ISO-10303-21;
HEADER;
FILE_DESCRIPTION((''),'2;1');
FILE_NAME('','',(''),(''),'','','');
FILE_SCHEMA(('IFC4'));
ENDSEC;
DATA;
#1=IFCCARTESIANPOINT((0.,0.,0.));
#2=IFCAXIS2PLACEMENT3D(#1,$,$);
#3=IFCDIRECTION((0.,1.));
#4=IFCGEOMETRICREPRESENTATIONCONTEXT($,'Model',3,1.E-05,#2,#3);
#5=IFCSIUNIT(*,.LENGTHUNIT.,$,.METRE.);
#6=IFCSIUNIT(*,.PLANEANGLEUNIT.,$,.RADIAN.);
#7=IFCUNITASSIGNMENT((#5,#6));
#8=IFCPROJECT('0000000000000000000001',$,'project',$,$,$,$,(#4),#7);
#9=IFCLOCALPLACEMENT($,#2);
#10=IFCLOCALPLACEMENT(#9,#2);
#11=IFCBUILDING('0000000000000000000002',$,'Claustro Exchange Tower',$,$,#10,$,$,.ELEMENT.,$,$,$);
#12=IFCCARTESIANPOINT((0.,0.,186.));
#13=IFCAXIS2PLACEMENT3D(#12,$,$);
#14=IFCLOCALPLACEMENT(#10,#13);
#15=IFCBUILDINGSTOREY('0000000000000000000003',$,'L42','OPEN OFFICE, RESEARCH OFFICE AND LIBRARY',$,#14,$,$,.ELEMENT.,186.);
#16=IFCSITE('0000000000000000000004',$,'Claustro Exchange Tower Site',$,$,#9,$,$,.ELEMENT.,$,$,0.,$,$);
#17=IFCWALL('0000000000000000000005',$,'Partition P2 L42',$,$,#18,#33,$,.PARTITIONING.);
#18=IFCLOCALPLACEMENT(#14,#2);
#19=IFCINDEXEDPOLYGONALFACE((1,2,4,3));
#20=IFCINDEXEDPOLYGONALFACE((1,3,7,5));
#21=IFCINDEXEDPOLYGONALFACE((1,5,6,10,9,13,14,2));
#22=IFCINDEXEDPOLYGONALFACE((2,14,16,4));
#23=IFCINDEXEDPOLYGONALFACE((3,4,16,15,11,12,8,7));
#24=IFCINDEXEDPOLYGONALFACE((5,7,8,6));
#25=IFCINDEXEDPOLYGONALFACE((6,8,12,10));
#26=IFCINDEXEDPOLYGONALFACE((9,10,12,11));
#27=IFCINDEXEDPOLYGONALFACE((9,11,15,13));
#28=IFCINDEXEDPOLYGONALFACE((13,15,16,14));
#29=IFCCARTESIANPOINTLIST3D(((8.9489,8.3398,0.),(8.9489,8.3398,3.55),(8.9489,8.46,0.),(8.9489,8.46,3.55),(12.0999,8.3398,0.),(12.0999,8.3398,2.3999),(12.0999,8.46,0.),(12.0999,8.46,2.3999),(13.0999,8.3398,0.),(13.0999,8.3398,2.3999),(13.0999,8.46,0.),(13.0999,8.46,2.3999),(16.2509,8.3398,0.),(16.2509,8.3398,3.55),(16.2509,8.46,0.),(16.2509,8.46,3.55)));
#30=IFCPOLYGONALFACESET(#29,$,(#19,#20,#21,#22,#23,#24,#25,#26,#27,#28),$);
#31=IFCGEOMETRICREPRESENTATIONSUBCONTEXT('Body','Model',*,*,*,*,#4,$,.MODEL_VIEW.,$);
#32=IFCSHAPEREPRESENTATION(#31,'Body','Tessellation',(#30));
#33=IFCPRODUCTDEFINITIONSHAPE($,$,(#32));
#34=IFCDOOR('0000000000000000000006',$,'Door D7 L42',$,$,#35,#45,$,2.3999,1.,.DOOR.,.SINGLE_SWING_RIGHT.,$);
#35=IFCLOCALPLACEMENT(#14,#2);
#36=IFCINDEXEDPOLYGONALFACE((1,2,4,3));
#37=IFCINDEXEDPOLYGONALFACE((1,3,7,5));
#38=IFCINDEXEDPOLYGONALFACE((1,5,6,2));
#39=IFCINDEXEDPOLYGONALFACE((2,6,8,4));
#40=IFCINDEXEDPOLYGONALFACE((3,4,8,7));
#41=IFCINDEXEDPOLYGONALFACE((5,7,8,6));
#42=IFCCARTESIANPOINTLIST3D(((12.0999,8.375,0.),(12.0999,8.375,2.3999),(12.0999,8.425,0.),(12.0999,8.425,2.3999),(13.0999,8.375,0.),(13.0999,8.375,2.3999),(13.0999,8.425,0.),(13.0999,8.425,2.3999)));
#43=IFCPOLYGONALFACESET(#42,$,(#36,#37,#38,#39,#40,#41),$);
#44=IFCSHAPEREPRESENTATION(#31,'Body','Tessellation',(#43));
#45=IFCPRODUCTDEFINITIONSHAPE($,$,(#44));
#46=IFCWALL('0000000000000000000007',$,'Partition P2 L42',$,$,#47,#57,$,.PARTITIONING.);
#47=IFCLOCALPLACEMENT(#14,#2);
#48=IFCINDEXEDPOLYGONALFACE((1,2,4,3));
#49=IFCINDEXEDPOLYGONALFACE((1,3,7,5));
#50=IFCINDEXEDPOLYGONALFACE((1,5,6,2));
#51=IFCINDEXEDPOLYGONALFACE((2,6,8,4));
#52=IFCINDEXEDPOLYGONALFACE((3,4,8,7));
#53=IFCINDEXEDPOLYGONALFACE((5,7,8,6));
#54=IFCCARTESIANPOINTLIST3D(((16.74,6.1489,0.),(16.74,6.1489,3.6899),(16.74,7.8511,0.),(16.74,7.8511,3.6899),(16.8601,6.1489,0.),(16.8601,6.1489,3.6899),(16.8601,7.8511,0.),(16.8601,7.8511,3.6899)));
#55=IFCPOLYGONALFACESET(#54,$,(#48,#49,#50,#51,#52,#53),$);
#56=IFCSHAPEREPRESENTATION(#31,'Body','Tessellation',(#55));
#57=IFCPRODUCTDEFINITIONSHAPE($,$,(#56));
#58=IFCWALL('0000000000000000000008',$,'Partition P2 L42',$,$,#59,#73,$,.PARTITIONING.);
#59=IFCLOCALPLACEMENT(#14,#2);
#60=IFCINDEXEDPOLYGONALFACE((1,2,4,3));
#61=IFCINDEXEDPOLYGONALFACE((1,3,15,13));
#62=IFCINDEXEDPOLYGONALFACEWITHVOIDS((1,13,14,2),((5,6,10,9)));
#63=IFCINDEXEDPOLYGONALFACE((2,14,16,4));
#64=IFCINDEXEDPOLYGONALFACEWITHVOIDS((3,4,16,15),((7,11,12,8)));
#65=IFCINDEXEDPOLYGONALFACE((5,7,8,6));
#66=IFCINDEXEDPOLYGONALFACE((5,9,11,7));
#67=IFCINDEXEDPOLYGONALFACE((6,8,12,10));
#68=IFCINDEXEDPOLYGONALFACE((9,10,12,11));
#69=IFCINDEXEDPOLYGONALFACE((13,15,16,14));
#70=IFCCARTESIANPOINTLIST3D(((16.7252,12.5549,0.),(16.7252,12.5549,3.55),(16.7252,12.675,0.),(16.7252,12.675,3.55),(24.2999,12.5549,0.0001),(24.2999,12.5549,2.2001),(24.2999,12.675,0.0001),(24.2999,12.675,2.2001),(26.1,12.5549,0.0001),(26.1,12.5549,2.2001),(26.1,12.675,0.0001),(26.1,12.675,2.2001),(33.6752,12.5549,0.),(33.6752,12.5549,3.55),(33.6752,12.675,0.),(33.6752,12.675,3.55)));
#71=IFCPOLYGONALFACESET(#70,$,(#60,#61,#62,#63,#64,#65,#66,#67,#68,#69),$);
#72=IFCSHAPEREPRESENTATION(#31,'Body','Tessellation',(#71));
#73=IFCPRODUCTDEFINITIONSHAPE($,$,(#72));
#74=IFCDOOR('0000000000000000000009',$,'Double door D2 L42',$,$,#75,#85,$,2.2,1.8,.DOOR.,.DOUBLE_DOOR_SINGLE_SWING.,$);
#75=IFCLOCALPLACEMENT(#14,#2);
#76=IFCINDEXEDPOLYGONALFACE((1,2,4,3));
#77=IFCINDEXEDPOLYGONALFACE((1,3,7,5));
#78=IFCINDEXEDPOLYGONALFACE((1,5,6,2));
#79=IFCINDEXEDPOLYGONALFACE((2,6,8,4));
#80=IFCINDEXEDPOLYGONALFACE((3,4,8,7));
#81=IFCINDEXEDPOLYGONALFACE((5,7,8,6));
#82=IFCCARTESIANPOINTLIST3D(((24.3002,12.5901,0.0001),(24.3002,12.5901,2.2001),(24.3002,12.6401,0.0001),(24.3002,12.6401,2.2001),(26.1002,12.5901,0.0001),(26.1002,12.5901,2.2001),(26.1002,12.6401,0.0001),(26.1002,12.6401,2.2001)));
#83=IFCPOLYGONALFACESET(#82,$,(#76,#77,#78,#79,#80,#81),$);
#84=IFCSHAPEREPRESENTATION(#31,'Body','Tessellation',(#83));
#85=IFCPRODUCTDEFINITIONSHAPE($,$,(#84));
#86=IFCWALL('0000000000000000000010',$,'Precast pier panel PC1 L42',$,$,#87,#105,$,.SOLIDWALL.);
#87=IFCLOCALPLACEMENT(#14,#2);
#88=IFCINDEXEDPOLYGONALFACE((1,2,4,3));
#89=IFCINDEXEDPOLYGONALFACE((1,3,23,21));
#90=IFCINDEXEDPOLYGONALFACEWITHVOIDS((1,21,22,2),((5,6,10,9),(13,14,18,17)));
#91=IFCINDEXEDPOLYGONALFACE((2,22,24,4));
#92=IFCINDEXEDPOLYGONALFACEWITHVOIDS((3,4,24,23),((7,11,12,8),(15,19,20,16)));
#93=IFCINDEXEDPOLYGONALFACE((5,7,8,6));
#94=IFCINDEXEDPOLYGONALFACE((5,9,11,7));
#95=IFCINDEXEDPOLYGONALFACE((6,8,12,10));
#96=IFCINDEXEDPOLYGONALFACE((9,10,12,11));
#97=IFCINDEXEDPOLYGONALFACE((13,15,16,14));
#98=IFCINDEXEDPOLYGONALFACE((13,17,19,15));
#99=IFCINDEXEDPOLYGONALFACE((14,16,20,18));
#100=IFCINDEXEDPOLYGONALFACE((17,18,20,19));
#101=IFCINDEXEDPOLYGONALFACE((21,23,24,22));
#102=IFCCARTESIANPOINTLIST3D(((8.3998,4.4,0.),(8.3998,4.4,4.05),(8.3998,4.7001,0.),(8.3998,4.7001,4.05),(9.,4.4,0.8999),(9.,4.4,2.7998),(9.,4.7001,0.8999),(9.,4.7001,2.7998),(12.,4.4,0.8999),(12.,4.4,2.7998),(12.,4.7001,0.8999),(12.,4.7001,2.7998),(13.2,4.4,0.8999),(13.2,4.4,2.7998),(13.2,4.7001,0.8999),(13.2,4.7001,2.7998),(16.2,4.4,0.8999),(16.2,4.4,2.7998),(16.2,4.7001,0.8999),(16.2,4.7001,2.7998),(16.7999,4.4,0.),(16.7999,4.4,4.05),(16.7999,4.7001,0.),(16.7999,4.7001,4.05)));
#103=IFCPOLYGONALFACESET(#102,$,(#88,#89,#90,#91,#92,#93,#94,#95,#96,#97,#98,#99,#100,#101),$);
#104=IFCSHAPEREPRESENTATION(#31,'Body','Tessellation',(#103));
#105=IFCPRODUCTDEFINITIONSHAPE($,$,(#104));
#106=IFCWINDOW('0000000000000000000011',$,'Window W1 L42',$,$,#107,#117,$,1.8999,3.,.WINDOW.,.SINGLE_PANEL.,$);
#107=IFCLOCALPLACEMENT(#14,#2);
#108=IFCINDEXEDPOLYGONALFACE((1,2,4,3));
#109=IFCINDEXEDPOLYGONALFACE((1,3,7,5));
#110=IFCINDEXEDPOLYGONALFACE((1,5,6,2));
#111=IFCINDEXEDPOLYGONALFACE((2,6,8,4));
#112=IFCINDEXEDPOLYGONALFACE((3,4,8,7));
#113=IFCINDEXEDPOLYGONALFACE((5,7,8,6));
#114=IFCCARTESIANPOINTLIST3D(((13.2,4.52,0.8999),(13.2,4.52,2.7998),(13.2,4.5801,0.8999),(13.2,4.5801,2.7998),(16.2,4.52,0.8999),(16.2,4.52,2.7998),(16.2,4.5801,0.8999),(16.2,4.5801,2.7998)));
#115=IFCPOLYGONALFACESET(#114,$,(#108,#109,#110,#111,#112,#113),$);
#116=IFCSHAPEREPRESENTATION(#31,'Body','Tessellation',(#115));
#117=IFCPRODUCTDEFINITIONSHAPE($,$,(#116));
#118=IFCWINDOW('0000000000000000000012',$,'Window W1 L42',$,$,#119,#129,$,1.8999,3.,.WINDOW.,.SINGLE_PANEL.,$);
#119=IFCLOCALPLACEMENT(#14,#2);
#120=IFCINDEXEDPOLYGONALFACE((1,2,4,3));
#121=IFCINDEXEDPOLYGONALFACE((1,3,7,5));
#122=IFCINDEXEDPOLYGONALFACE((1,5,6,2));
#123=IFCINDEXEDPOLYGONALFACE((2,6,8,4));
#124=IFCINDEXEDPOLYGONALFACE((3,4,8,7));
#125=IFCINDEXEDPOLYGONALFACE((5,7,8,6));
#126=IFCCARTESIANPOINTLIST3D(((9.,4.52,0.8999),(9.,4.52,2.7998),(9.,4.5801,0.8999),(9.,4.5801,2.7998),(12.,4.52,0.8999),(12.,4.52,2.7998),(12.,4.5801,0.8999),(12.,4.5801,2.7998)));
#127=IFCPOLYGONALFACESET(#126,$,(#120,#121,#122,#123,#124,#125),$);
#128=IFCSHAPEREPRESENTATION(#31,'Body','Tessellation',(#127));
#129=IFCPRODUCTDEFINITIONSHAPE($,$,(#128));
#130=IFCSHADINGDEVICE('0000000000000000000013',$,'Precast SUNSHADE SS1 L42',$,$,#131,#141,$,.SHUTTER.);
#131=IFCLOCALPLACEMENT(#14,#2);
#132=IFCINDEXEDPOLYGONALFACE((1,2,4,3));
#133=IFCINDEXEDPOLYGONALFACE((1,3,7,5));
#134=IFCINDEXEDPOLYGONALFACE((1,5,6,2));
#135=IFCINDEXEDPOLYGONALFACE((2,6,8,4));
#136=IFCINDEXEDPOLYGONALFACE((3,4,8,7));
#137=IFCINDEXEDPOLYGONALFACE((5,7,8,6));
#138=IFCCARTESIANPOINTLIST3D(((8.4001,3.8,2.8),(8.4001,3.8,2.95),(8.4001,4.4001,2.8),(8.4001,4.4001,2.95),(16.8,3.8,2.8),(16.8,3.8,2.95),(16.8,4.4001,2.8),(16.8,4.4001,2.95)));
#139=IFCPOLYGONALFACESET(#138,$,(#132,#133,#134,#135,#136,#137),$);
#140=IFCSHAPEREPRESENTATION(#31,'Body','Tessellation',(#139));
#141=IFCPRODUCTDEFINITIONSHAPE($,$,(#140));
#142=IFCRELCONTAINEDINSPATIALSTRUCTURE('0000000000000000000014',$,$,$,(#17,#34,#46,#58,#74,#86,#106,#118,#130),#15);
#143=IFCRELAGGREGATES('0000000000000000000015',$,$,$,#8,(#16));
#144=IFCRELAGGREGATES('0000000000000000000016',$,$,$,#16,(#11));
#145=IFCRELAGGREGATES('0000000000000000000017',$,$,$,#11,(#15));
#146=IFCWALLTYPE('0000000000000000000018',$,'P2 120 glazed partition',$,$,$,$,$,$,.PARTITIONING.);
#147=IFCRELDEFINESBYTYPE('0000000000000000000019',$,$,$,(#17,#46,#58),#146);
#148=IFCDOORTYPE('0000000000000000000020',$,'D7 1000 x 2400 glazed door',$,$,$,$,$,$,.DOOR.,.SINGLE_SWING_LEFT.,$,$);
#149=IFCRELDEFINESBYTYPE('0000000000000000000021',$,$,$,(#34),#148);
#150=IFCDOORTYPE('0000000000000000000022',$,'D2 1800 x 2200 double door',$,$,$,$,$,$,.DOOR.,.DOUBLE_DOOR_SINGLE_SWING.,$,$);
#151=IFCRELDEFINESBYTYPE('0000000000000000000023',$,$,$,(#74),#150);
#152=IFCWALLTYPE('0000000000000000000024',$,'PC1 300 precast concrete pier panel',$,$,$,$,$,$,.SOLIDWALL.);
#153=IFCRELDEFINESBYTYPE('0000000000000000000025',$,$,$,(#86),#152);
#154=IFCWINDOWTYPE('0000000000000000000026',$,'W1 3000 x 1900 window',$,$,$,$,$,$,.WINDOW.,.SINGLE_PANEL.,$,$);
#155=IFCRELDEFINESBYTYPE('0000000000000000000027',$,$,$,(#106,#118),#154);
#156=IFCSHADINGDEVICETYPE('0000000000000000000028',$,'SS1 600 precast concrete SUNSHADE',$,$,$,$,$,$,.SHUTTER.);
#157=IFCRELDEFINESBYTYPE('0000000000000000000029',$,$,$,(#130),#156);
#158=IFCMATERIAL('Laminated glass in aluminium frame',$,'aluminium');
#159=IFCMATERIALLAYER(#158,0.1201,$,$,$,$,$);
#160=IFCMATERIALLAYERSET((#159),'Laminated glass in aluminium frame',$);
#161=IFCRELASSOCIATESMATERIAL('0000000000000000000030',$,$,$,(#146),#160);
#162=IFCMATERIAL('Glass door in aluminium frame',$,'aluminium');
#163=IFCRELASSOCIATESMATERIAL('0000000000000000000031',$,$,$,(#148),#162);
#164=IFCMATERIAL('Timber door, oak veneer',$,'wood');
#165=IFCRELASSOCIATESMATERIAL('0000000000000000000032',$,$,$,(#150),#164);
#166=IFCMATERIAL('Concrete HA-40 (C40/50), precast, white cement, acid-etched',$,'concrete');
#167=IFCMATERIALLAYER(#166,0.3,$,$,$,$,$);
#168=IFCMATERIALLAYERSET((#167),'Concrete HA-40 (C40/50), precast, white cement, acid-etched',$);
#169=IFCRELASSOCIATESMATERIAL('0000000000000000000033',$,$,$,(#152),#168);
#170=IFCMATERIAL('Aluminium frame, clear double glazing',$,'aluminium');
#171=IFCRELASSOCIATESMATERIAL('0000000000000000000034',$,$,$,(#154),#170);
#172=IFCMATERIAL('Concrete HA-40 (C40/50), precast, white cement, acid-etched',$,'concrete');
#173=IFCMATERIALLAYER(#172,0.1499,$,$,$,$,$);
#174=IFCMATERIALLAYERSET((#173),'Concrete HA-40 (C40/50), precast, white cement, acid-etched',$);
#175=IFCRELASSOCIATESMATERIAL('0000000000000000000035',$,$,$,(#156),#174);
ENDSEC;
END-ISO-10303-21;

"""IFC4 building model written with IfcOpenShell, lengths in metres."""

from ifc_helpers import new_model, si_unit, direction, frame, frame_2d, origin, origin_2d, place, context, subcontext, project, spatial, rectangle, extrude, material, layer, layer_set, type_object, element, fill, save


model = new_model("IFC4")

# Units and contexts
model_context = context("Model", 3, precision=1e-05, world=origin(), true_north=direction((0.0, 1.0)))
body_context = subcontext(model_context, "Body", "Model", "MODEL_VIEW")
ifc_project = project(units=[si_unit("LENGTHUNIT", "METRE"), si_unit("PLANEANGLEUNIT", "RADIAN")], contexts=[model_context])

# Site, building, storey
site_placement = place(None, origin())
site = spatial("IfcSite", under=ifc_project, at=site_placement, Name="Claustro Exchange Tower Site", CompositionType="ELEMENT", RefElevation=0.0)
building_placement = place(site_placement, origin())
building = spatial("IfcBuilding", under=site, at=building_placement, Name="Claustro Exchange Tower", CompositionType="ELEMENT")
storey_placement = place(building_placement, frame((0.0, 0.0, 186.0)))
storey = spatial("IfcBuildingStorey", under=building, at=storey_placement, Name="L42", Description="OPEN OFFICE, RESEARCH OFFICE AND LIBRARY", CompositionType="ELEMENT", Elevation=186.0)

# Wall, opening, door
ifc_material_1 = material(Name="Laminated glass in aluminium frame", Category="aluminium")
ifc_layer_1 = layer(ifc_material_1, 0.1201)
ifc_layer_set_1 = layer_set([ifc_layer_1], Name="Laminated glass in aluminium frame")
wall_type_1 = type_object("IfcWallType", Name="P2 120 glazed partition", PredefinedType="PARTITIONING", material=ifc_layer_set_1)
wall_1_placement = place(storey_placement, frame((8.949, 8.3999, 0.0), z_axis=(0.0, 0.0, 1.0), x_axis=(1.0, 0.0, 0.0)))
wall_1 = element("IfcWall", 1, at=wall_1_placement, inside=storey, type_object=wall_type_1, Name="Partition P2 L42", PredefinedType="PARTITIONING", context=body_context, shape_type="SweptSolid", body=[
    extrude(rectangle(XDim=7.302, YDim=0.1201, at=frame_2d((3.6509, 0.0))), origin(), (0.0, 0.0, 1.0), 3.55),
])
opening_1_placement = place(wall_1_placement, frame((3.1509, 0.0, 0.0)))
opening_1 = element("IfcOpeningElement", 2, at=opening_1_placement, cuts=wall_1, PredefinedType="OPENING", context=body_context, shape_type="SweptSolid", body=[
    extrude(rectangle(XDim=1.0, YDim=2.3999, at=frame_2d((0.5, 1.2))), frame((0.0, 0.0701, 0.0), z_axis=(0.0, -1.0, 0.0), x_axis=(1.0, 0.0, 0.0)), (0.0, 0.0, 1.0), 0.1401),
])
ifc_material_2 = material(Name="Glass door in aluminium frame", Category="aluminium")
door_type_1 = type_object("IfcDoorType", Name="D7 1000 x 2400 glazed door", OperationType="SINGLE_SWING_LEFT", PredefinedType="DOOR", material=ifc_material_2)
door_1_placement = place(opening_1_placement, frame((1.0, 0.0, 0.0), z_axis=(0.0, 0.0, 1.0), x_axis=(-1.0, 0.0, 0.0)))
door_1 = element("IfcDoor", 3, at=door_1_placement, inside=storey, type_object=door_type_1, Name="Door D7 L42", OperationType="SINGLE_SWING_RIGHT", OverallHeight=2.3999, OverallWidth=1.0, PredefinedType="DOOR", context=body_context, shape_type="SweptSolid", body=[
    extrude(rectangle(XDim=1.0, YDim=2.3999, at=frame_2d((0.5, 1.2))), frame((0.0, 0.0249, 0.0), z_axis=(0.0, -1.0, 0.0), x_axis=(1.0, 0.0, 0.0)), (0.0, 0.0, 1.0), 0.05),
])
fill(opening_1, door_1)

# Wall
wall_2_placement = place(storey_placement, frame((16.8, 6.1489, 0.0), z_axis=(0.0, 0.0, 1.0), x_axis=(0.0, 1.0, 0.0)))
element("IfcWall", 4, at=wall_2_placement, inside=storey, type_object=wall_type_1, Name="Partition P2 L42", PredefinedType="PARTITIONING", context=body_context, shape_type="SweptSolid", body=[
    extrude(rectangle(XDim=1.7021, YDim=0.1201, at=frame_2d((0.8511, 0.0))), origin(), (0.0, 0.0, 1.0), 3.6899),
])

# Wall, opening, door
wall_3_placement = place(storey_placement, frame((16.7251, 12.615, 0.0), z_axis=(0.0, 0.0, 1.0), x_axis=(1.0, 0.0, 0.0)))
wall_3 = element("IfcWall", 5, at=wall_3_placement, inside=storey, type_object=wall_type_1, Name="Partition P2 L42", PredefinedType="PARTITIONING", context=body_context, shape_type="SweptSolid", body=[
    extrude(rectangle(XDim=16.95, YDim=0.1201, at=frame_2d((8.4751, 0.0))), origin(), (0.0, 0.0, 1.0), 3.55),
])
opening_2_placement = place(wall_3_placement, frame((7.575, 0.0, 0.0)))
opening_2 = element("IfcOpeningElement", 6, at=opening_2_placement, cuts=wall_3, PredefinedType="OPENING", context=body_context, shape_type="SweptSolid", body=[
    extrude(rectangle(XDim=1.8, YDim=2.2, at=frame_2d((0.8999, 1.1001))), frame((0.0, 0.0701, 0.0), z_axis=(0.0, -1.0, 0.0), x_axis=(1.0, 0.0, 0.0)), (0.0, 0.0, 1.0), 0.1401),
])
ifc_material_3 = material(Name="Timber door, oak veneer", Category="wood")
door_type_2 = type_object("IfcDoorType", Name="D2 1800 x 2200 double door", OperationType="DOUBLE_DOOR_SINGLE_SWING", PredefinedType="DOOR", material=ifc_material_3)
door_2_placement = place(opening_2_placement, frame((1.8, 0.0, 0.0), z_axis=(0.0, 0.0, 1.0), x_axis=(-1.0, 0.0, 0.0)))
door_2 = element("IfcDoor", 7, at=door_2_placement, inside=storey, type_object=door_type_2, Name="Double door D2 L42", OperationType="DOUBLE_DOOR_SINGLE_SWING", OverallHeight=2.2, OverallWidth=1.8, PredefinedType="DOOR", context=body_context, shape_type="SweptSolid", body=[
    extrude(rectangle(XDim=1.8, YDim=2.2, at=frame_2d((0.8999, 1.1001))), frame((0.0, 0.0249, 0.0), z_axis=(0.0, -1.0, 0.0), x_axis=(1.0, 0.0, 0.0)), (0.0, 0.0, 1.0), 0.05),
])
fill(opening_2, door_2)

# Wall, openings, windows
ifc_material_4 = material(Name="Concrete HA-40 (C40/50), precast, white cement, acid-etched", Category="concrete")
ifc_layer_2 = layer(ifc_material_4, 0.3)
ifc_layer_set_2 = layer_set([ifc_layer_2], Name="Concrete HA-40 (C40/50), precast, white cement, acid-etched")
wall_type_2 = type_object("IfcWallType", Name="PC1 300 precast concrete pier panel", PredefinedType="SOLIDWALL", material=ifc_layer_set_2)
wall_4_placement = place(storey_placement, frame((16.8, 4.55, 0.0), z_axis=(0.0, 0.0, 1.0), x_axis=(-1.0, 0.0, 0.0)))
wall_4 = element("IfcWall", 8, at=wall_4_placement, inside=storey, type_object=wall_type_2, Name="Precast pier panel PC1 L42", PredefinedType="SOLIDWALL", context=body_context, shape_type="SweptSolid", body=[
    extrude(rectangle(XDim=8.4001, YDim=0.3, at=frame_2d((4.2002, 0.0))), origin(), (0.0, 0.0, 1.0), 4.05),
])
opening_3_placement = place(wall_4_placement, frame((0.6001, 0.0, 0.8999)))
opening_3 = element("IfcOpeningElement", 9, at=opening_3_placement, cuts=wall_4, PredefinedType="OPENING", context=body_context, shape_type="SweptSolid", body=[
    extrude(rectangle(XDim=3.0, YDim=1.8999, at=frame_2d((1.5, 0.95))), frame((0.0, 0.1599, 0.0), z_axis=(0.0, -1.0, 0.0), x_axis=(1.0, 0.0, 0.0)), (0.0, 0.0, 1.0), 0.3201),
])
opening_4_placement = place(wall_4_placement, frame((4.8, 0.0, 0.8999)))
opening_4 = element("IfcOpeningElement", 10, at=opening_4_placement, cuts=wall_4, PredefinedType="OPENING", context=body_context, shape_type="SweptSolid", body=[
    extrude(rectangle(XDim=3.0, YDim=1.8999, at=frame_2d((1.5, 0.95))), frame((0.0, 0.1599, 0.0), z_axis=(0.0, -1.0, 0.0), x_axis=(1.0, 0.0, 0.0)), (0.0, 0.0, 1.0), 0.3201),
])
ifc_material_5 = material(Name="Aluminium frame, clear double glazing", Category="aluminium")
window_type = type_object("IfcWindowType", Name="W1 3000 x 1900 window", PartitioningType="SINGLE_PANEL", PredefinedType="WINDOW", material=ifc_material_5)
window_1_placement = place(opening_3_placement, origin())
window_1 = element("IfcWindow", 11, at=window_1_placement, inside=storey, type_object=window_type, Name="Window W1 L42", OverallHeight=1.8999, OverallWidth=3.0, PartitioningType="SINGLE_PANEL", PredefinedType="WINDOW", context=body_context, shape_type="SweptSolid", body=[
    extrude(rectangle(XDim=3.0, YDim=1.8999, at=frame_2d((1.5, 0.95))), frame((0.0, 0.03, 0.0), z_axis=(0.0, -1.0, 0.0), x_axis=(1.0, 0.0, 0.0)), (0.0, 0.0, 1.0), 0.0601),
])
fill(opening_3, window_1)
window_2_placement = place(opening_4_placement, origin())
window_2 = element("IfcWindow", 12, at=window_2_placement, inside=storey, type_object=window_type, Name="Window W1 L42", OverallHeight=1.8999, OverallWidth=3.0, PartitioningType="SINGLE_PANEL", PredefinedType="WINDOW", context=body_context, shape_type="SweptSolid", body=[
    extrude(rectangle(XDim=3.0, YDim=1.8999, at=frame_2d((1.5, 0.95))), frame((0.0, 0.03, 0.0), z_axis=(0.0, -1.0, 0.0), x_axis=(1.0, 0.0, 0.0)), (0.0, 0.0, 1.0), 0.0601),
])
fill(opening_4, window_2)

# Shading device
ifc_material_6 = material(Name="Concrete HA-40 (C40/50), precast, white cement, acid-etched", Category="concrete")
ifc_layer_3 = layer(ifc_material_6, 0.1499)
ifc_layer_set_3 = layer_set([ifc_layer_3], Name="Concrete HA-40 (C40/50), precast, white cement, acid-etched")
shading_device_type = type_object("IfcShadingDeviceType", Name="SS1 600 precast concrete SUNSHADE", PredefinedType="SHUTTER", material=ifc_layer_set_3)
shading_device_placement = place(storey_placement, frame((12.6001, 4.1001, 2.8), z_axis=(0.0, 0.0, 1.0), x_axis=(-1.0, 0.0, 0.0)))
element("IfcShadingDevice", 13, at=shading_device_placement, inside=storey, type_object=shading_device_type, Name="Precast SUNSHADE SS1 L42", PredefinedType="SHUTTER", context=body_context, shape_type="SweptSolid", body=[
    extrude(rectangle(XDim=8.3999, YDim=0.6001, at=origin_2d()), origin(), (0.0, 0.0, 1.0), 0.1499),
])

save(model, "model.ifc")
